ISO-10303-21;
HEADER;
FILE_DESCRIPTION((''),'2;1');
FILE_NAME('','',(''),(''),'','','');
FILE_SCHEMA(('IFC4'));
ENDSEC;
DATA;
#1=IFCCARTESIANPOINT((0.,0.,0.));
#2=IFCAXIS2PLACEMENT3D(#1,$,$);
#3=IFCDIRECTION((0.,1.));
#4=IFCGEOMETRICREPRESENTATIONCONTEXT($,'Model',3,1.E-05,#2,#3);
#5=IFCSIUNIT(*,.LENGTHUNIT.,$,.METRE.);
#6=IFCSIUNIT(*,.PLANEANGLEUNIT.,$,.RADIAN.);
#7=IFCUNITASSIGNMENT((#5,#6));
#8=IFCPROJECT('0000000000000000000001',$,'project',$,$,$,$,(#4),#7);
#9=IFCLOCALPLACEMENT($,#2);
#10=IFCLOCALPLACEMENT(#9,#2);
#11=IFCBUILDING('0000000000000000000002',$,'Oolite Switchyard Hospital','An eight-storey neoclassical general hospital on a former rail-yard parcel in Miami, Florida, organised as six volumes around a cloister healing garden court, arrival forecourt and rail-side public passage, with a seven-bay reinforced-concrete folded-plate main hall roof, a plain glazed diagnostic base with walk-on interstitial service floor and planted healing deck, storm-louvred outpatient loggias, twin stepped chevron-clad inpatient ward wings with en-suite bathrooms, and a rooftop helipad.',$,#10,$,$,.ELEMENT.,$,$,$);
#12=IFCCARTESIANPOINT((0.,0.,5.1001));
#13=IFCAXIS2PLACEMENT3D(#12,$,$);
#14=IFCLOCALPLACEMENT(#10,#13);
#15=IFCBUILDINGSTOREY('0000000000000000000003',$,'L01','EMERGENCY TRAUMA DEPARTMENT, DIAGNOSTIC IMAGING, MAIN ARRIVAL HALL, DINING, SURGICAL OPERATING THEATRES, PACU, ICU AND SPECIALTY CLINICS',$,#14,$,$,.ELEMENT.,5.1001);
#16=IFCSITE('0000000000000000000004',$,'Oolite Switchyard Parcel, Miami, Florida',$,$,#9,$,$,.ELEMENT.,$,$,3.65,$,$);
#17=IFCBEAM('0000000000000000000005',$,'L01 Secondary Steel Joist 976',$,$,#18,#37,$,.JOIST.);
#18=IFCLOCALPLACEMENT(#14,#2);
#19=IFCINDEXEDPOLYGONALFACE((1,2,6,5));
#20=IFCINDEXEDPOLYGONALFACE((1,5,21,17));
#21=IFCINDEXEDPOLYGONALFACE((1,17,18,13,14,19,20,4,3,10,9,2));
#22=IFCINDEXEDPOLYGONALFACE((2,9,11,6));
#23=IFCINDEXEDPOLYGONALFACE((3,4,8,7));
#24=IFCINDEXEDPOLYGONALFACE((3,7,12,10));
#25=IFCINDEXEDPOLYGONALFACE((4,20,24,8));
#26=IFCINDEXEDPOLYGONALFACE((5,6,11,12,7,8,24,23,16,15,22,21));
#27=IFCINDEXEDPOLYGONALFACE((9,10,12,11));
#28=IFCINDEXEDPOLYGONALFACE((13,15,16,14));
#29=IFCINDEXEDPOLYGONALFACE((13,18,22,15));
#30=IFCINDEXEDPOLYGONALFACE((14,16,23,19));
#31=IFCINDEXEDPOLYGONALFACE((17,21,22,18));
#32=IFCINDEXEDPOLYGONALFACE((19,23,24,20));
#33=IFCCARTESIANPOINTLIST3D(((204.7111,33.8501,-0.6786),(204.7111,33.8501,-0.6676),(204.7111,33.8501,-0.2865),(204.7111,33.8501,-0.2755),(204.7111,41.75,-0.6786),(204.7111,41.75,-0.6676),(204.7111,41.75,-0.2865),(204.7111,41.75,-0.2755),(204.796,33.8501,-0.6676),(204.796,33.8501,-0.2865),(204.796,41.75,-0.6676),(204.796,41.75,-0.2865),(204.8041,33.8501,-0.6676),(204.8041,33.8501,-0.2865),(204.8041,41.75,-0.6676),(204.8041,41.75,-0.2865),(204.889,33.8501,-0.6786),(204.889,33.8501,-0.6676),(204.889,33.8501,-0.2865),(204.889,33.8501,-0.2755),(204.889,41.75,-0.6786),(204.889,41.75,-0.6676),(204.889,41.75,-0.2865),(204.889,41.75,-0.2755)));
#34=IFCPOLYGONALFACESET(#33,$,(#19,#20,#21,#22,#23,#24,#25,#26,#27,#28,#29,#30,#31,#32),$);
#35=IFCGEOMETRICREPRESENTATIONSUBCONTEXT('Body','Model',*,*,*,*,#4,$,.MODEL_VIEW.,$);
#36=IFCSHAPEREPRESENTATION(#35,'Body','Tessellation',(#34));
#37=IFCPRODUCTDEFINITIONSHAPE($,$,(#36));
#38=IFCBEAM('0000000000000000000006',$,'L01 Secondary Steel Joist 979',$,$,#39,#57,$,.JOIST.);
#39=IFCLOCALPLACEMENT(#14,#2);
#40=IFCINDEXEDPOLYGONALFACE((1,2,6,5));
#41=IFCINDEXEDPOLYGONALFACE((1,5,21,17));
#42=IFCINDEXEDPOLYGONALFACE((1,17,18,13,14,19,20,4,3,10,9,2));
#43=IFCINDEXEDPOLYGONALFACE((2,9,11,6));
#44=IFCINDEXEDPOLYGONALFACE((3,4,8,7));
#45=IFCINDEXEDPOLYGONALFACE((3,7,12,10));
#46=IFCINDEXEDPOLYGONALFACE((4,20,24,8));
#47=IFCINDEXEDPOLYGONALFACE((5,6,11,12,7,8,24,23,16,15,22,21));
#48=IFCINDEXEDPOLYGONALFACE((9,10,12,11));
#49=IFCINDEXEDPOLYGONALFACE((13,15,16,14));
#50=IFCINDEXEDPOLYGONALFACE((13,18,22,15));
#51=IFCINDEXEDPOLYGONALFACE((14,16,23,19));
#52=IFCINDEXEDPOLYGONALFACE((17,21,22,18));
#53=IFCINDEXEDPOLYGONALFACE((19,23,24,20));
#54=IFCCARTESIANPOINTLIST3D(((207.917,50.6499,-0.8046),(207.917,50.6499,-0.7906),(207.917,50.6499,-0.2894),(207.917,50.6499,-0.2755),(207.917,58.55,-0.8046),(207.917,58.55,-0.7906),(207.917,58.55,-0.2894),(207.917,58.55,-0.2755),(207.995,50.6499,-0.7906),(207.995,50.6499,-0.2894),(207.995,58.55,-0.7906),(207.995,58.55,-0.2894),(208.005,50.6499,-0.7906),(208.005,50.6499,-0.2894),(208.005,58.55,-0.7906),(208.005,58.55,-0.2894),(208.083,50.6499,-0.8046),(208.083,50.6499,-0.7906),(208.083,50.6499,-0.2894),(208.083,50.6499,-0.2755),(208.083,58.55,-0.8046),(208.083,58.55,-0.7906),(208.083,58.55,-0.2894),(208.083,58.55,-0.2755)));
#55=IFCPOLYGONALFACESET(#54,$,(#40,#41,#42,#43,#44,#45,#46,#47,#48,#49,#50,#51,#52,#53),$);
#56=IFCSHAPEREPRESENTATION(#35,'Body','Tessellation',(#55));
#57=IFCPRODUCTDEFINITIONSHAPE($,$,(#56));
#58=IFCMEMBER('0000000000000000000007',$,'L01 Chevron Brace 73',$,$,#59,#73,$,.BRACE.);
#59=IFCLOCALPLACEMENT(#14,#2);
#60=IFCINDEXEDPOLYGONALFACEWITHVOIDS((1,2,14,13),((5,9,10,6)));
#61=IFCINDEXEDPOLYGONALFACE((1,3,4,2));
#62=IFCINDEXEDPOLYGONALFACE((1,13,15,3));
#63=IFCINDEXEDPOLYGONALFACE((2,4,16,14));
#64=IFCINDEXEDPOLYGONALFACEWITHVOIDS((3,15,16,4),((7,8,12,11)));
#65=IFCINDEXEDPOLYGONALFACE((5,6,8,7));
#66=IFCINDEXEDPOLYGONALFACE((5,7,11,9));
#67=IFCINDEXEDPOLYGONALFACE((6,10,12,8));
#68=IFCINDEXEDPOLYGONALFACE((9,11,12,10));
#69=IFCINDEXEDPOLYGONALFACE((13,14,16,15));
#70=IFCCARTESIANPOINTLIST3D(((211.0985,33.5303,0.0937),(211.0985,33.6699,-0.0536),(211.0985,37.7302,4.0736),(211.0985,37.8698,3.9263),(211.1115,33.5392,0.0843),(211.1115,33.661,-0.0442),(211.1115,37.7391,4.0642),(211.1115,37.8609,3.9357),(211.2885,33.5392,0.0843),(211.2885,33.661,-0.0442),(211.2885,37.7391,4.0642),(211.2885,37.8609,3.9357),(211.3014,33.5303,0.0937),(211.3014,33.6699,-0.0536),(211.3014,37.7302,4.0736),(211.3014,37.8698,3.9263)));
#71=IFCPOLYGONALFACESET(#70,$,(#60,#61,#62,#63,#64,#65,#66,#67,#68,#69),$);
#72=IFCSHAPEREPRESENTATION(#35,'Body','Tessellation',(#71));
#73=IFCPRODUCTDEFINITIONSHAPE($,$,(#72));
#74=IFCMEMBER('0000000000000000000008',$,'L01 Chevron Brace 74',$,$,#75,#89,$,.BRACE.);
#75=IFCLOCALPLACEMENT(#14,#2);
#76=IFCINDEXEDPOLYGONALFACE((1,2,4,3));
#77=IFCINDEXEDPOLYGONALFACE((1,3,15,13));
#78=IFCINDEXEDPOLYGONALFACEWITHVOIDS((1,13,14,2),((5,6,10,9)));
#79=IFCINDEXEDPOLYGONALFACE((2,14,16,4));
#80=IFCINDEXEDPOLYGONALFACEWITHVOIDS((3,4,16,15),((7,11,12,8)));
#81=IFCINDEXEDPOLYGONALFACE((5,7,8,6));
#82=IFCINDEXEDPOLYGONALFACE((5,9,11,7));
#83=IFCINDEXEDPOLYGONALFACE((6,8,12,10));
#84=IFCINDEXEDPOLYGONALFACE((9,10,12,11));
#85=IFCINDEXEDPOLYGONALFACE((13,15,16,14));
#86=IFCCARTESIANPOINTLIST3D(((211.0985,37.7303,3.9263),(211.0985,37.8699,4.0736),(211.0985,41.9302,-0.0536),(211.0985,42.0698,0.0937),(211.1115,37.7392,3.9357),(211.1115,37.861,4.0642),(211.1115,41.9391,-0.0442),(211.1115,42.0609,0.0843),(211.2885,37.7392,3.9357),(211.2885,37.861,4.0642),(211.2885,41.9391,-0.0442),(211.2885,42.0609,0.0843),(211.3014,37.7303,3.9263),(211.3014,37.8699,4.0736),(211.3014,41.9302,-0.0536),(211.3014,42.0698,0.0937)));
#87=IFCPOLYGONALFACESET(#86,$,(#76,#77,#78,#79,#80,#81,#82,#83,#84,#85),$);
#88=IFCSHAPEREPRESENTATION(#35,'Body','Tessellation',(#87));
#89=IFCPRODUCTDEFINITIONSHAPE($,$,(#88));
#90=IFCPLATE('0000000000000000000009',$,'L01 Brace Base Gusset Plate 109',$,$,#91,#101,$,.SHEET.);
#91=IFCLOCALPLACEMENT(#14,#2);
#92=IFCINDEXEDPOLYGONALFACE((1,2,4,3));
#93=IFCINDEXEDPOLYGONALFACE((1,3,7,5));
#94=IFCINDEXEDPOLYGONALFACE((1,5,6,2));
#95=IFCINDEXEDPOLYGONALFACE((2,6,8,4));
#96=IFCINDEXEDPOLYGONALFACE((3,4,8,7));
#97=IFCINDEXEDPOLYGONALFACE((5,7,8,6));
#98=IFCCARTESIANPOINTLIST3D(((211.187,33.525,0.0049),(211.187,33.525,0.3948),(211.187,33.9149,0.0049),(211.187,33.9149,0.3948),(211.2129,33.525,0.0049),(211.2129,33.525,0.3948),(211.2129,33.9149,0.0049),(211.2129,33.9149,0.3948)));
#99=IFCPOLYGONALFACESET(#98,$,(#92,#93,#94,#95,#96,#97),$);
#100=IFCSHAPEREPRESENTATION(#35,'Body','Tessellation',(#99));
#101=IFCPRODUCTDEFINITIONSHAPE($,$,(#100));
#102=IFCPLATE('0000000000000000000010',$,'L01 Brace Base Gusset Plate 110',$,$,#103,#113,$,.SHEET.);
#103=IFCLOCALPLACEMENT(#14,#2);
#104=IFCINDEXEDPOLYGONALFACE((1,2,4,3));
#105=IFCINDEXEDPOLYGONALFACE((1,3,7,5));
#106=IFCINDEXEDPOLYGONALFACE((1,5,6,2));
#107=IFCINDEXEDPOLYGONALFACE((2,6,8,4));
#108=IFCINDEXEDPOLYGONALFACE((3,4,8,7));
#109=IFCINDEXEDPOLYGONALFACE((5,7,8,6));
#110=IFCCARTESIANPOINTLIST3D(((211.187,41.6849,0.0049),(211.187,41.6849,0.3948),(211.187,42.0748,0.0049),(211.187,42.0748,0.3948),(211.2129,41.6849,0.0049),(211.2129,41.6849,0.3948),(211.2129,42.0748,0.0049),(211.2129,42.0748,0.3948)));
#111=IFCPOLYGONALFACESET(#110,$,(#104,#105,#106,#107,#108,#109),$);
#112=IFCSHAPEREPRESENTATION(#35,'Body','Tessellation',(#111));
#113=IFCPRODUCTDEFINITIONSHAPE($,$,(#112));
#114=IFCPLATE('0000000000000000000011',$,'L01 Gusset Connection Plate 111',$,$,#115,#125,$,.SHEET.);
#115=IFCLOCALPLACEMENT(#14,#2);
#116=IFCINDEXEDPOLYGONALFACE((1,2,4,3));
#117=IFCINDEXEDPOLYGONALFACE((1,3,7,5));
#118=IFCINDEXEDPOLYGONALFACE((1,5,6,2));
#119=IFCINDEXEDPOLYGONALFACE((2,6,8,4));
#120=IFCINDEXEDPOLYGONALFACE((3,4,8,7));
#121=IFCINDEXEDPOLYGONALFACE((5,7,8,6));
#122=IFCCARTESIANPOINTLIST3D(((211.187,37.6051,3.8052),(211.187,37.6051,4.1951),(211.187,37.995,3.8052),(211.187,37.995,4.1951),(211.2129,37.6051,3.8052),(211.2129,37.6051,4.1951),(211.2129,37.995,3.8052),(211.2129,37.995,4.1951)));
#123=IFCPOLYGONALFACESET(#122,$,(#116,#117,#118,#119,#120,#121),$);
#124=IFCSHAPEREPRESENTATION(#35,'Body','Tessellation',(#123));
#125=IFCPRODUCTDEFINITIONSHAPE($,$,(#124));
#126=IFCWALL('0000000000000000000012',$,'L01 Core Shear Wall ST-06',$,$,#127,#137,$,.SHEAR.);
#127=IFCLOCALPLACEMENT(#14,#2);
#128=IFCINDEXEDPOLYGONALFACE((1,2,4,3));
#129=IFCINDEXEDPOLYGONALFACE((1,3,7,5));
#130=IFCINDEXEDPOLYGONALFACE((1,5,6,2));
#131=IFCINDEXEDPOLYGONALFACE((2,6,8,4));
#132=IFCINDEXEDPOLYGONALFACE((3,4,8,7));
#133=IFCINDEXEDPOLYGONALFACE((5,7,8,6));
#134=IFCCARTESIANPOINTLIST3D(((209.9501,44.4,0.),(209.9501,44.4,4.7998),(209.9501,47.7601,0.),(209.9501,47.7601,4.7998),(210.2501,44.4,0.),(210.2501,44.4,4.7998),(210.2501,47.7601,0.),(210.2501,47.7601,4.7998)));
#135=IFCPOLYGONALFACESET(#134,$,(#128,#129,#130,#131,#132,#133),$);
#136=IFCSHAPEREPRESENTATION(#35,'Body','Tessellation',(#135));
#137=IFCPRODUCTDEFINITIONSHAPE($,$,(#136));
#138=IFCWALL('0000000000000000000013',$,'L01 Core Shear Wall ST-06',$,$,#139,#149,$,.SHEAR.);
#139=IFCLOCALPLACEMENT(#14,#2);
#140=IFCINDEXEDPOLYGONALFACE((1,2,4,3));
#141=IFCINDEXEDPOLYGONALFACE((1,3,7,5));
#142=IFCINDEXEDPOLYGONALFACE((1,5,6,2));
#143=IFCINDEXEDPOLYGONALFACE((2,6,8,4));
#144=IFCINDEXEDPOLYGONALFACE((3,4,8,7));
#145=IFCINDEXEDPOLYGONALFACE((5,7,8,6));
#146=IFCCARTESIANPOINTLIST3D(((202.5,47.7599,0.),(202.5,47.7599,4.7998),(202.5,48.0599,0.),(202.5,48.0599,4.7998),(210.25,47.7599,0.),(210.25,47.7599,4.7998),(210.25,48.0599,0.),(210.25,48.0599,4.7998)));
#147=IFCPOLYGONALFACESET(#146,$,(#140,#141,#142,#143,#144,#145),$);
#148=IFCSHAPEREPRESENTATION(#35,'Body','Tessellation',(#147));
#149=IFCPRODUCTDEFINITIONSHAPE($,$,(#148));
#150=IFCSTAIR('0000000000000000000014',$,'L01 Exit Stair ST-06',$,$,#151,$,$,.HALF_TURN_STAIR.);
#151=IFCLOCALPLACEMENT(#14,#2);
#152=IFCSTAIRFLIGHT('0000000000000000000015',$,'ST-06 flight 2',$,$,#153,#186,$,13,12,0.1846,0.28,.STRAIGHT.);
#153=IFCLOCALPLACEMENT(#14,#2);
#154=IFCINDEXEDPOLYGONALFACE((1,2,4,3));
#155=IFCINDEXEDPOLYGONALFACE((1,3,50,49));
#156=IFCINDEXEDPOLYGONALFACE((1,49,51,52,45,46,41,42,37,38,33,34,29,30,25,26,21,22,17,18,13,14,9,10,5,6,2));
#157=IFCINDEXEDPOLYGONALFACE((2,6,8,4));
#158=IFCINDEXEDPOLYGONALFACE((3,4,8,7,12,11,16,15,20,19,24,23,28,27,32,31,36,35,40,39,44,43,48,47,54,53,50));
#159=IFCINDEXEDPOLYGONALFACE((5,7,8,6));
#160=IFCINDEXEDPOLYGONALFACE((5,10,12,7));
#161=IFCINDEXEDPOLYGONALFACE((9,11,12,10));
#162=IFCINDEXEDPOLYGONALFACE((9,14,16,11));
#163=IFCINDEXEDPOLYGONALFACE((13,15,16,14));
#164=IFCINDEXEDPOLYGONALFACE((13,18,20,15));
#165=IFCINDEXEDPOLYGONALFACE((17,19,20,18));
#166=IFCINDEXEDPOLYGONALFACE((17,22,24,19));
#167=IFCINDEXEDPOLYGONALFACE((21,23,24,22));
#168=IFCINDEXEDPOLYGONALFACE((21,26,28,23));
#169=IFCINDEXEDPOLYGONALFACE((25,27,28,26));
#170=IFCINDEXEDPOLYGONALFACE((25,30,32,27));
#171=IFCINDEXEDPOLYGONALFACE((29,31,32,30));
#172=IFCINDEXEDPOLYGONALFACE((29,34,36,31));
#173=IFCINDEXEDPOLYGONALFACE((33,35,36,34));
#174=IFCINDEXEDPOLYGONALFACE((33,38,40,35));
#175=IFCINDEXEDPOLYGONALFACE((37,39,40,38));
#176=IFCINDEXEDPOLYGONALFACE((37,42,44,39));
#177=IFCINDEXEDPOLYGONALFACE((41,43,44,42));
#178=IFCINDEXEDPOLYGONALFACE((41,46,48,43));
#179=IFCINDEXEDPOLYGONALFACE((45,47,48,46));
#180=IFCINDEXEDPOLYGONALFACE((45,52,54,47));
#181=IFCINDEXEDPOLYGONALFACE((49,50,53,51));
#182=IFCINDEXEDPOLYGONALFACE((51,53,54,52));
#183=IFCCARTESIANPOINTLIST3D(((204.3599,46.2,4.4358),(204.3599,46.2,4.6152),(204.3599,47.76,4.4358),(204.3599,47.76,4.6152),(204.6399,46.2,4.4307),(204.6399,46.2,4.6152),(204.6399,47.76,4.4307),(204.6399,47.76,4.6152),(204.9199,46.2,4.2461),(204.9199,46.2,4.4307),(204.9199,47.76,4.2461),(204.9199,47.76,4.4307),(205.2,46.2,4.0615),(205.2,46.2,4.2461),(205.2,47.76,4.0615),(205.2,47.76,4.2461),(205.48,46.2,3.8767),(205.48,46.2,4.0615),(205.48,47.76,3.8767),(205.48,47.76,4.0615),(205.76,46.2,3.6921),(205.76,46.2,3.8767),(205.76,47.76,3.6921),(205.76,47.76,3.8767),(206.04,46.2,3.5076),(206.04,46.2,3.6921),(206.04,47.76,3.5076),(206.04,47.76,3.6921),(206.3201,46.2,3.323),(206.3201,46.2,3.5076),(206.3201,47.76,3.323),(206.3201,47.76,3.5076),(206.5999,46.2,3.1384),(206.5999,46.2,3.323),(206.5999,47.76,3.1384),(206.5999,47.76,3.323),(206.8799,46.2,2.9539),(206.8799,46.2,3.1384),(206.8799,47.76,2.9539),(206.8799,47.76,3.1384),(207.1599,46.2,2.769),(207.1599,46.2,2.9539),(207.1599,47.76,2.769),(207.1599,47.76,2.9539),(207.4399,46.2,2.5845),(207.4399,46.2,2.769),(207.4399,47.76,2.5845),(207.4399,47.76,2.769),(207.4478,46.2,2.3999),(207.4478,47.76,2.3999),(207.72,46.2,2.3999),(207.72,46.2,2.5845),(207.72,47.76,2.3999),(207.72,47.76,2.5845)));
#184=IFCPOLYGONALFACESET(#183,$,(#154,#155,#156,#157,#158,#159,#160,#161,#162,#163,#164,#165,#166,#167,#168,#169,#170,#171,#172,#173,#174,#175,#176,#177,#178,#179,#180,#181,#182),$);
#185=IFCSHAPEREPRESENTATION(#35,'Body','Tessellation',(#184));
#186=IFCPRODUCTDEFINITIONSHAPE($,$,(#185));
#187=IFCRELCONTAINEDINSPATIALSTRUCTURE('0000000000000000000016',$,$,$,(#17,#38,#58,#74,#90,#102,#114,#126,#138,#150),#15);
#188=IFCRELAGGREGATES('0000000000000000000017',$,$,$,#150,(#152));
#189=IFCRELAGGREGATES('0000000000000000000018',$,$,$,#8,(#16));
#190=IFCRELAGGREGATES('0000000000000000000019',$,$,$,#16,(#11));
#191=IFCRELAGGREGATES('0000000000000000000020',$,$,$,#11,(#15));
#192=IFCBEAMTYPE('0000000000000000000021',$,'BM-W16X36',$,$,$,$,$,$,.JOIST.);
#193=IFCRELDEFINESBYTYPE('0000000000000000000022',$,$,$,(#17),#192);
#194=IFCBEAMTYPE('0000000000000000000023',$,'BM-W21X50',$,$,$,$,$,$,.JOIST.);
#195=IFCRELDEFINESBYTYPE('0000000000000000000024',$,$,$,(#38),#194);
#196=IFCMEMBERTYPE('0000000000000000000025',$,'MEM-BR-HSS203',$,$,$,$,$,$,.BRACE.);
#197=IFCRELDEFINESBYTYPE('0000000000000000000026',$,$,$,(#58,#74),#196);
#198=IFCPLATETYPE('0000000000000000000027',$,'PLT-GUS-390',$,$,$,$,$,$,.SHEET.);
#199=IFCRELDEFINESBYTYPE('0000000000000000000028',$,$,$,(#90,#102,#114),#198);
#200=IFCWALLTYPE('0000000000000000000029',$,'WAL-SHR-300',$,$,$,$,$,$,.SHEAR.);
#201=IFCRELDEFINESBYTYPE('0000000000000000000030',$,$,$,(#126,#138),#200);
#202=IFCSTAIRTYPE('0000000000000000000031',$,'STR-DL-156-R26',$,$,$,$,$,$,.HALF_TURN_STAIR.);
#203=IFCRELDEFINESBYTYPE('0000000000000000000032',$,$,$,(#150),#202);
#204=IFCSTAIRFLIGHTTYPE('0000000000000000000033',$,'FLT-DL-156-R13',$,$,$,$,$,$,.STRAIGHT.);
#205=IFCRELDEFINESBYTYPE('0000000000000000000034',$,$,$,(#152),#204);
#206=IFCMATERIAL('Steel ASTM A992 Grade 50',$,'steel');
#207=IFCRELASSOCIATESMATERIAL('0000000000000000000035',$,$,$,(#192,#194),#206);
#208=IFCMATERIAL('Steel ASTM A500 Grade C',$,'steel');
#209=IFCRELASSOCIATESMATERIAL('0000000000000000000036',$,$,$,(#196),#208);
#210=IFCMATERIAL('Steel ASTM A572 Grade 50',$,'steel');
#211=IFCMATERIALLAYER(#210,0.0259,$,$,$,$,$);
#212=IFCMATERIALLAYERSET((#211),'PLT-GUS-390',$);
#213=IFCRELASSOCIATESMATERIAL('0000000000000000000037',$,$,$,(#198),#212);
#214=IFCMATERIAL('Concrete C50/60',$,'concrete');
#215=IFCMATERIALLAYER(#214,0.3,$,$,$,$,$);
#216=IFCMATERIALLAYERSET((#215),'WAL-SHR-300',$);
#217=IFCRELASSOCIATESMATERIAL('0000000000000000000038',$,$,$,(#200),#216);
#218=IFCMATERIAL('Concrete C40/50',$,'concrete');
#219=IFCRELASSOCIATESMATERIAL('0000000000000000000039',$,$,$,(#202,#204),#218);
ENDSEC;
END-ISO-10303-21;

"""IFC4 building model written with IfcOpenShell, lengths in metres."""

from ifc_helpers import new_model, si_unit, direction, frame, frame_2d, origin, origin_2d, place, context, subcontext, project, spatial, polyline, rectangle, hollow_rectangle, i_section, outline, extrude, material, layer, layer_set, material_profile, profile_set, type_object, element, aggregate, save


model = new_model("IFC4")

# Units and contexts
model_context = context("Model", 3, precision=1e-05, world=origin(), true_north=direction((0.0, 1.0)))
body_context = subcontext(model_context, "Body", "Model", "MODEL_VIEW")
ifc_project = project(units=[si_unit("LENGTHUNIT", "METRE"), si_unit("PLANEANGLEUNIT", "RADIAN")], contexts=[model_context])

# Site, building, storey
site_placement = place(None, origin())
site = spatial("IfcSite", under=ifc_project, at=site_placement, Name="Oolite Switchyard Parcel, Miami, Florida", CompositionType="ELEMENT", RefElevation=3.65)
building_placement = place(site_placement, origin())
building = spatial("IfcBuilding", under=site, at=building_placement, Name="Oolite Switchyard Hospital", Description="An eight-storey neoclassical general hospital on a former rail-yard parcel in Miami, Florida, organised as six volumes around a cloister healing garden court, arrival forecourt and rail-side public passage, with a seven-bay reinforced-concrete folded-plate main hall roof, a plain glazed diagnostic base with walk-on interstitial service floor and planted healing deck, storm-louvred outpatient loggias, twin stepped chevron-clad inpatient ward wings with en-suite bathrooms, and a rooftop helipad.", CompositionType="ELEMENT")
storey_placement = place(building_placement, frame((0.0, 0.0, 5.1001)))
storey = spatial("IfcBuildingStorey", under=building, at=storey_placement, Name="L01", Description="EMERGENCY TRAUMA DEPARTMENT, DIAGNOSTIC IMAGING, MAIN ARRIVAL HALL, DINING, SURGICAL OPERATING THEATRES, PACU, ICU AND SPECIALTY CLINICS", CompositionType="ELEMENT", Elevation=5.1001)

# Shared definitions
ifc_material_1 = material(Name="Concrete C50/60", Category="concrete")

# Beams
ifc_material_2 = material(Name="Concrete C40/50", Category="concrete")
ifc_material_3 = material(Name="Steel ASTM A992 Grade 50", Category="steel")
ifc_material_profile_1 = material_profile(ifc_material_3, i_section(OverallWidth=0.178, OverallDepth=0.4031, WebThickness=0.0081, FlangeThickness=0.011, at=origin_2d()), Name="W16X36")
ifc_profile_set_1 = profile_set([ifc_material_profile_1], Name="Steel ASTM A992 Grade 50")
beam_type_1 = type_object("IfcBeamType", Name="BM-W16X36", PredefinedType="JOIST", material=ifc_profile_set_1)
beam_1_placement = place(storey_placement, frame((204.8, 33.8501, -0.4771), z_axis=(0.0, 1.0, 0.0), x_axis=(-1.0, 0.0, 0.0)))
element("IfcBeam", 1, at=beam_1_placement, inside=storey, type_object=beam_type_1, Name="L01 Secondary Steel Joist 976", PredefinedType="JOIST", context=body_context, shape_type="SweptSolid", body=[
    extrude(i_section(OverallWidth=0.178, OverallDepth=0.4031, WebThickness=0.0081, FlangeThickness=0.011, at=origin_2d()), origin(), (0.0, 0.0, 1.0), 7.8999),
])
ifc_material_profile_2 = material_profile(ifc_material_3, i_section(OverallWidth=0.166, OverallDepth=0.5291, WebThickness=0.01, FlangeThickness=0.0139, at=origin_2d()), Name="W21X50")
ifc_profile_set_2 = profile_set([ifc_material_profile_2], Name="Steel ASTM A992 Grade 50")
beam_type_2 = type_object("IfcBeamType", Name="BM-W21X50", PredefinedType="JOIST", material=ifc_profile_set_2)
beam_2_placement = place(storey_placement, frame((208.0, 50.6499, -0.54), z_axis=(0.0, 1.0, 0.0), x_axis=(-1.0, 0.0, 0.0)))
element("IfcBeam", 2, at=beam_2_placement, inside=storey, type_object=beam_type_2, Name="L01 Secondary Steel Joist 979", PredefinedType="JOIST", context=body_context, shape_type="SweptSolid", body=[
    extrude(i_section(OverallWidth=0.166, OverallDepth=0.5291, WebThickness=0.01, FlangeThickness=0.0139, at=origin_2d()), origin(), (0.0, 0.0, 1.0), 7.9001),
])

# Members
ifc_material_4 = material(Name="Steel ASTM A500 Grade C", Category="steel")
ifc_material_profile_3 = material_profile(ifc_material_4, hollow_rectangle(XDim=0.2029, YDim=0.2029, WallThickness=0.0129, at=origin_2d()), Name="HSS203X203X13")
ifc_profile_set_3 = profile_set([ifc_material_profile_3], Name="Steel ASTM A500 Grade C")
member_type = type_object("IfcMemberType", Name="MEM-BR-HSS203", PredefinedType="BRACE", material=ifc_profile_set_3)
for number, where, z_axis, x_axis, name in (
    (3, (211.2, 33.6001, 0.02), (0.0, 0.72586, 0.687843), (-1.0, 0.0, 0.0), "L01 Chevron Brace 73"),
    (4, (211.2, 42.0, 0.02), (0.0, -0.72586, 0.687843), (1.0, 0.0, 0.0), "L01 Chevron Brace 74"),
):
    element("IfcMember", number, at=place(storey_placement, frame(where, z_axis=z_axis, x_axis=x_axis)), inside=storey, type_object=member_type, Name=name, PredefinedType="BRACE", context=body_context, shape_type="SweptSolid", body=[
        extrude(hollow_rectangle(XDim=0.2029, YDim=0.2029, WallThickness=0.0129, at=origin_2d()), origin(), (0.0, 0.0, 1.0), 5.7861),
    ])

# Plates
ifc_material_5 = material(Name="Steel ASTM A572 Grade 50", Category="steel")
ifc_layer_1 = layer(ifc_material_5, 0.0259)
ifc_layer_set_1 = layer_set([ifc_layer_1], Name="PLT-GUS-390")
plate_type = type_object("IfcPlateType", Name="PLT-GUS-390", PredefinedType="SHEET", material=ifc_layer_set_1)
for number, where, z_axis, x_axis, name in (
    (5, (211.2, 33.72, 0.0049), (0.0, 0.0, 1.0), (0.0, 1.0, 0.0), "L01 Brace Base Gusset Plate 109"),
    (6, (211.2, 41.8799, 0.0049), (0.0, 0.0, 1.0), (0.0, 1.0, 0.0), "L01 Brace Base Gusset Plate 110"),
    (7, (211.2, 37.8, 3.8052), (0.0, 0.0, 1.0), (0.0, 1.0, 0.0), "L01 Gusset Connection Plate 111"),
):
    element("IfcPlate", number, at=place(storey_placement, frame(where, z_axis=z_axis, x_axis=x_axis)), inside=storey, type_object=plate_type, Name=name, PredefinedType="SHEET", context=body_context, shape_type="SweptSolid", body=[
        extrude(rectangle(XDim=0.3899, YDim=0.0259, at=origin_2d()), origin(), (0.0, 0.0, 1.0), 0.3899),
    ])

# Walls
ifc_layer_2 = layer(ifc_material_1, 0.3)
ifc_layer_set_2 = layer_set([ifc_layer_2], Name="WAL-SHR-300")
wall_type = type_object("IfcWallType", Name="WAL-SHR-300", PredefinedType="SHEAR", material=ifc_layer_set_2)
wall_1_placement = place(storey_placement, frame((210.1001, 44.3999, 0.0), z_axis=(0.0, 0.0, 1.0), x_axis=(0.0, 1.0, 0.0)))
element("IfcWall", 8, at=wall_1_placement, inside=storey, type_object=wall_type, Name="L01 Core Shear Wall ST-06", PredefinedType="SHEAR", context=body_context, shape_type="SweptSolid", body=[
    extrude(rectangle(XDim=3.3601, YDim=0.3, at=frame_2d((1.6802, 0.0))), origin(), (0.0, 0.0, 1.0), 4.7998),
])
wall_2_placement = place(storey_placement, frame((210.25, 47.9099, 0.0), z_axis=(0.0, 0.0, 1.0), x_axis=(-1.0, 0.0, 0.0)))
element("IfcWall", 9, at=wall_2_placement, inside=storey, type_object=wall_type, Name="L01 Core Shear Wall ST-06", PredefinedType="SHEAR", context=body_context, shape_type="SweptSolid", body=[
    extrude(rectangle(XDim=7.75, YDim=0.3, at=frame_2d((3.875, 0.0))), origin(), (0.0, 0.0, 1.0), 4.7998),
])

# Stair, stair flight
stair_type = type_object("IfcStairType", Name="STR-DL-156-R26", PredefinedType="HALF_TURN_STAIR", material=ifc_material_2)
stair_placement = place(storey_placement, origin())
stair = element("IfcStair", 10, at=stair_placement, inside=storey, type_object=stair_type, Name="L01 Exit Stair ST-06", PredefinedType="HALF_TURN_STAIR")
stair_flight_type = type_object("IfcStairFlightType", Name="FLT-DL-156-R13", PredefinedType="STRAIGHT", material=ifc_material_2)
stair_flight_placement = place(storey_placement, frame((207.72, 46.98, 2.3999), z_axis=(0.0, 0.0, 1.0), x_axis=(-1.0, 0.0, 0.0)))
stair_flight = element("IfcStairFlight", 11, at=stair_flight_placement, type_object=stair_flight_type, Name="ST-06 flight 2", NumberOfRisers=13, NumberOfTreads=12, PredefinedType="STRAIGHT", RiserHeight=0.1846, TreadLength=0.28, context=body_context, shape_type="SweptSolid", body=[
    extrude(outline(polyline([(0.0, 0.0), (0.0, 0.1846), (0.28, 0.1846), (0.28, 0.3691), (0.5601, 0.3691), (0.5601, 0.554), (0.8401, 0.554), (0.8401, 0.7385), (1.1201, 0.7385), (1.1201, 0.9231), (1.3999, 0.9231), (1.3999, 1.1077), (1.6799, 1.1077), (1.6799, 1.2922), (1.96, 1.2922), (1.96, 1.4768), (2.24, 1.4768), (2.24, 1.6616), (2.52, 1.6616), (2.52, 1.8462), (2.8, 1.8462), (2.8, 2.0308), (3.0801, 2.0308), (3.0801, 2.2153), (3.3601, 2.2153), (3.3601, 2.3999), (3.3601, 2.0359), (0.2722, 0.0), (0.0, 0.0)])), frame((0.0, 0.78, 0.0), z_axis=(0.0, -1.0, 0.0), x_axis=(1.0, 0.0, 0.0)), (0.0, 0.0, 1.0), 1.5601),
])
aggregate(stair, [stair_flight])

save(model, "model.ifc")
